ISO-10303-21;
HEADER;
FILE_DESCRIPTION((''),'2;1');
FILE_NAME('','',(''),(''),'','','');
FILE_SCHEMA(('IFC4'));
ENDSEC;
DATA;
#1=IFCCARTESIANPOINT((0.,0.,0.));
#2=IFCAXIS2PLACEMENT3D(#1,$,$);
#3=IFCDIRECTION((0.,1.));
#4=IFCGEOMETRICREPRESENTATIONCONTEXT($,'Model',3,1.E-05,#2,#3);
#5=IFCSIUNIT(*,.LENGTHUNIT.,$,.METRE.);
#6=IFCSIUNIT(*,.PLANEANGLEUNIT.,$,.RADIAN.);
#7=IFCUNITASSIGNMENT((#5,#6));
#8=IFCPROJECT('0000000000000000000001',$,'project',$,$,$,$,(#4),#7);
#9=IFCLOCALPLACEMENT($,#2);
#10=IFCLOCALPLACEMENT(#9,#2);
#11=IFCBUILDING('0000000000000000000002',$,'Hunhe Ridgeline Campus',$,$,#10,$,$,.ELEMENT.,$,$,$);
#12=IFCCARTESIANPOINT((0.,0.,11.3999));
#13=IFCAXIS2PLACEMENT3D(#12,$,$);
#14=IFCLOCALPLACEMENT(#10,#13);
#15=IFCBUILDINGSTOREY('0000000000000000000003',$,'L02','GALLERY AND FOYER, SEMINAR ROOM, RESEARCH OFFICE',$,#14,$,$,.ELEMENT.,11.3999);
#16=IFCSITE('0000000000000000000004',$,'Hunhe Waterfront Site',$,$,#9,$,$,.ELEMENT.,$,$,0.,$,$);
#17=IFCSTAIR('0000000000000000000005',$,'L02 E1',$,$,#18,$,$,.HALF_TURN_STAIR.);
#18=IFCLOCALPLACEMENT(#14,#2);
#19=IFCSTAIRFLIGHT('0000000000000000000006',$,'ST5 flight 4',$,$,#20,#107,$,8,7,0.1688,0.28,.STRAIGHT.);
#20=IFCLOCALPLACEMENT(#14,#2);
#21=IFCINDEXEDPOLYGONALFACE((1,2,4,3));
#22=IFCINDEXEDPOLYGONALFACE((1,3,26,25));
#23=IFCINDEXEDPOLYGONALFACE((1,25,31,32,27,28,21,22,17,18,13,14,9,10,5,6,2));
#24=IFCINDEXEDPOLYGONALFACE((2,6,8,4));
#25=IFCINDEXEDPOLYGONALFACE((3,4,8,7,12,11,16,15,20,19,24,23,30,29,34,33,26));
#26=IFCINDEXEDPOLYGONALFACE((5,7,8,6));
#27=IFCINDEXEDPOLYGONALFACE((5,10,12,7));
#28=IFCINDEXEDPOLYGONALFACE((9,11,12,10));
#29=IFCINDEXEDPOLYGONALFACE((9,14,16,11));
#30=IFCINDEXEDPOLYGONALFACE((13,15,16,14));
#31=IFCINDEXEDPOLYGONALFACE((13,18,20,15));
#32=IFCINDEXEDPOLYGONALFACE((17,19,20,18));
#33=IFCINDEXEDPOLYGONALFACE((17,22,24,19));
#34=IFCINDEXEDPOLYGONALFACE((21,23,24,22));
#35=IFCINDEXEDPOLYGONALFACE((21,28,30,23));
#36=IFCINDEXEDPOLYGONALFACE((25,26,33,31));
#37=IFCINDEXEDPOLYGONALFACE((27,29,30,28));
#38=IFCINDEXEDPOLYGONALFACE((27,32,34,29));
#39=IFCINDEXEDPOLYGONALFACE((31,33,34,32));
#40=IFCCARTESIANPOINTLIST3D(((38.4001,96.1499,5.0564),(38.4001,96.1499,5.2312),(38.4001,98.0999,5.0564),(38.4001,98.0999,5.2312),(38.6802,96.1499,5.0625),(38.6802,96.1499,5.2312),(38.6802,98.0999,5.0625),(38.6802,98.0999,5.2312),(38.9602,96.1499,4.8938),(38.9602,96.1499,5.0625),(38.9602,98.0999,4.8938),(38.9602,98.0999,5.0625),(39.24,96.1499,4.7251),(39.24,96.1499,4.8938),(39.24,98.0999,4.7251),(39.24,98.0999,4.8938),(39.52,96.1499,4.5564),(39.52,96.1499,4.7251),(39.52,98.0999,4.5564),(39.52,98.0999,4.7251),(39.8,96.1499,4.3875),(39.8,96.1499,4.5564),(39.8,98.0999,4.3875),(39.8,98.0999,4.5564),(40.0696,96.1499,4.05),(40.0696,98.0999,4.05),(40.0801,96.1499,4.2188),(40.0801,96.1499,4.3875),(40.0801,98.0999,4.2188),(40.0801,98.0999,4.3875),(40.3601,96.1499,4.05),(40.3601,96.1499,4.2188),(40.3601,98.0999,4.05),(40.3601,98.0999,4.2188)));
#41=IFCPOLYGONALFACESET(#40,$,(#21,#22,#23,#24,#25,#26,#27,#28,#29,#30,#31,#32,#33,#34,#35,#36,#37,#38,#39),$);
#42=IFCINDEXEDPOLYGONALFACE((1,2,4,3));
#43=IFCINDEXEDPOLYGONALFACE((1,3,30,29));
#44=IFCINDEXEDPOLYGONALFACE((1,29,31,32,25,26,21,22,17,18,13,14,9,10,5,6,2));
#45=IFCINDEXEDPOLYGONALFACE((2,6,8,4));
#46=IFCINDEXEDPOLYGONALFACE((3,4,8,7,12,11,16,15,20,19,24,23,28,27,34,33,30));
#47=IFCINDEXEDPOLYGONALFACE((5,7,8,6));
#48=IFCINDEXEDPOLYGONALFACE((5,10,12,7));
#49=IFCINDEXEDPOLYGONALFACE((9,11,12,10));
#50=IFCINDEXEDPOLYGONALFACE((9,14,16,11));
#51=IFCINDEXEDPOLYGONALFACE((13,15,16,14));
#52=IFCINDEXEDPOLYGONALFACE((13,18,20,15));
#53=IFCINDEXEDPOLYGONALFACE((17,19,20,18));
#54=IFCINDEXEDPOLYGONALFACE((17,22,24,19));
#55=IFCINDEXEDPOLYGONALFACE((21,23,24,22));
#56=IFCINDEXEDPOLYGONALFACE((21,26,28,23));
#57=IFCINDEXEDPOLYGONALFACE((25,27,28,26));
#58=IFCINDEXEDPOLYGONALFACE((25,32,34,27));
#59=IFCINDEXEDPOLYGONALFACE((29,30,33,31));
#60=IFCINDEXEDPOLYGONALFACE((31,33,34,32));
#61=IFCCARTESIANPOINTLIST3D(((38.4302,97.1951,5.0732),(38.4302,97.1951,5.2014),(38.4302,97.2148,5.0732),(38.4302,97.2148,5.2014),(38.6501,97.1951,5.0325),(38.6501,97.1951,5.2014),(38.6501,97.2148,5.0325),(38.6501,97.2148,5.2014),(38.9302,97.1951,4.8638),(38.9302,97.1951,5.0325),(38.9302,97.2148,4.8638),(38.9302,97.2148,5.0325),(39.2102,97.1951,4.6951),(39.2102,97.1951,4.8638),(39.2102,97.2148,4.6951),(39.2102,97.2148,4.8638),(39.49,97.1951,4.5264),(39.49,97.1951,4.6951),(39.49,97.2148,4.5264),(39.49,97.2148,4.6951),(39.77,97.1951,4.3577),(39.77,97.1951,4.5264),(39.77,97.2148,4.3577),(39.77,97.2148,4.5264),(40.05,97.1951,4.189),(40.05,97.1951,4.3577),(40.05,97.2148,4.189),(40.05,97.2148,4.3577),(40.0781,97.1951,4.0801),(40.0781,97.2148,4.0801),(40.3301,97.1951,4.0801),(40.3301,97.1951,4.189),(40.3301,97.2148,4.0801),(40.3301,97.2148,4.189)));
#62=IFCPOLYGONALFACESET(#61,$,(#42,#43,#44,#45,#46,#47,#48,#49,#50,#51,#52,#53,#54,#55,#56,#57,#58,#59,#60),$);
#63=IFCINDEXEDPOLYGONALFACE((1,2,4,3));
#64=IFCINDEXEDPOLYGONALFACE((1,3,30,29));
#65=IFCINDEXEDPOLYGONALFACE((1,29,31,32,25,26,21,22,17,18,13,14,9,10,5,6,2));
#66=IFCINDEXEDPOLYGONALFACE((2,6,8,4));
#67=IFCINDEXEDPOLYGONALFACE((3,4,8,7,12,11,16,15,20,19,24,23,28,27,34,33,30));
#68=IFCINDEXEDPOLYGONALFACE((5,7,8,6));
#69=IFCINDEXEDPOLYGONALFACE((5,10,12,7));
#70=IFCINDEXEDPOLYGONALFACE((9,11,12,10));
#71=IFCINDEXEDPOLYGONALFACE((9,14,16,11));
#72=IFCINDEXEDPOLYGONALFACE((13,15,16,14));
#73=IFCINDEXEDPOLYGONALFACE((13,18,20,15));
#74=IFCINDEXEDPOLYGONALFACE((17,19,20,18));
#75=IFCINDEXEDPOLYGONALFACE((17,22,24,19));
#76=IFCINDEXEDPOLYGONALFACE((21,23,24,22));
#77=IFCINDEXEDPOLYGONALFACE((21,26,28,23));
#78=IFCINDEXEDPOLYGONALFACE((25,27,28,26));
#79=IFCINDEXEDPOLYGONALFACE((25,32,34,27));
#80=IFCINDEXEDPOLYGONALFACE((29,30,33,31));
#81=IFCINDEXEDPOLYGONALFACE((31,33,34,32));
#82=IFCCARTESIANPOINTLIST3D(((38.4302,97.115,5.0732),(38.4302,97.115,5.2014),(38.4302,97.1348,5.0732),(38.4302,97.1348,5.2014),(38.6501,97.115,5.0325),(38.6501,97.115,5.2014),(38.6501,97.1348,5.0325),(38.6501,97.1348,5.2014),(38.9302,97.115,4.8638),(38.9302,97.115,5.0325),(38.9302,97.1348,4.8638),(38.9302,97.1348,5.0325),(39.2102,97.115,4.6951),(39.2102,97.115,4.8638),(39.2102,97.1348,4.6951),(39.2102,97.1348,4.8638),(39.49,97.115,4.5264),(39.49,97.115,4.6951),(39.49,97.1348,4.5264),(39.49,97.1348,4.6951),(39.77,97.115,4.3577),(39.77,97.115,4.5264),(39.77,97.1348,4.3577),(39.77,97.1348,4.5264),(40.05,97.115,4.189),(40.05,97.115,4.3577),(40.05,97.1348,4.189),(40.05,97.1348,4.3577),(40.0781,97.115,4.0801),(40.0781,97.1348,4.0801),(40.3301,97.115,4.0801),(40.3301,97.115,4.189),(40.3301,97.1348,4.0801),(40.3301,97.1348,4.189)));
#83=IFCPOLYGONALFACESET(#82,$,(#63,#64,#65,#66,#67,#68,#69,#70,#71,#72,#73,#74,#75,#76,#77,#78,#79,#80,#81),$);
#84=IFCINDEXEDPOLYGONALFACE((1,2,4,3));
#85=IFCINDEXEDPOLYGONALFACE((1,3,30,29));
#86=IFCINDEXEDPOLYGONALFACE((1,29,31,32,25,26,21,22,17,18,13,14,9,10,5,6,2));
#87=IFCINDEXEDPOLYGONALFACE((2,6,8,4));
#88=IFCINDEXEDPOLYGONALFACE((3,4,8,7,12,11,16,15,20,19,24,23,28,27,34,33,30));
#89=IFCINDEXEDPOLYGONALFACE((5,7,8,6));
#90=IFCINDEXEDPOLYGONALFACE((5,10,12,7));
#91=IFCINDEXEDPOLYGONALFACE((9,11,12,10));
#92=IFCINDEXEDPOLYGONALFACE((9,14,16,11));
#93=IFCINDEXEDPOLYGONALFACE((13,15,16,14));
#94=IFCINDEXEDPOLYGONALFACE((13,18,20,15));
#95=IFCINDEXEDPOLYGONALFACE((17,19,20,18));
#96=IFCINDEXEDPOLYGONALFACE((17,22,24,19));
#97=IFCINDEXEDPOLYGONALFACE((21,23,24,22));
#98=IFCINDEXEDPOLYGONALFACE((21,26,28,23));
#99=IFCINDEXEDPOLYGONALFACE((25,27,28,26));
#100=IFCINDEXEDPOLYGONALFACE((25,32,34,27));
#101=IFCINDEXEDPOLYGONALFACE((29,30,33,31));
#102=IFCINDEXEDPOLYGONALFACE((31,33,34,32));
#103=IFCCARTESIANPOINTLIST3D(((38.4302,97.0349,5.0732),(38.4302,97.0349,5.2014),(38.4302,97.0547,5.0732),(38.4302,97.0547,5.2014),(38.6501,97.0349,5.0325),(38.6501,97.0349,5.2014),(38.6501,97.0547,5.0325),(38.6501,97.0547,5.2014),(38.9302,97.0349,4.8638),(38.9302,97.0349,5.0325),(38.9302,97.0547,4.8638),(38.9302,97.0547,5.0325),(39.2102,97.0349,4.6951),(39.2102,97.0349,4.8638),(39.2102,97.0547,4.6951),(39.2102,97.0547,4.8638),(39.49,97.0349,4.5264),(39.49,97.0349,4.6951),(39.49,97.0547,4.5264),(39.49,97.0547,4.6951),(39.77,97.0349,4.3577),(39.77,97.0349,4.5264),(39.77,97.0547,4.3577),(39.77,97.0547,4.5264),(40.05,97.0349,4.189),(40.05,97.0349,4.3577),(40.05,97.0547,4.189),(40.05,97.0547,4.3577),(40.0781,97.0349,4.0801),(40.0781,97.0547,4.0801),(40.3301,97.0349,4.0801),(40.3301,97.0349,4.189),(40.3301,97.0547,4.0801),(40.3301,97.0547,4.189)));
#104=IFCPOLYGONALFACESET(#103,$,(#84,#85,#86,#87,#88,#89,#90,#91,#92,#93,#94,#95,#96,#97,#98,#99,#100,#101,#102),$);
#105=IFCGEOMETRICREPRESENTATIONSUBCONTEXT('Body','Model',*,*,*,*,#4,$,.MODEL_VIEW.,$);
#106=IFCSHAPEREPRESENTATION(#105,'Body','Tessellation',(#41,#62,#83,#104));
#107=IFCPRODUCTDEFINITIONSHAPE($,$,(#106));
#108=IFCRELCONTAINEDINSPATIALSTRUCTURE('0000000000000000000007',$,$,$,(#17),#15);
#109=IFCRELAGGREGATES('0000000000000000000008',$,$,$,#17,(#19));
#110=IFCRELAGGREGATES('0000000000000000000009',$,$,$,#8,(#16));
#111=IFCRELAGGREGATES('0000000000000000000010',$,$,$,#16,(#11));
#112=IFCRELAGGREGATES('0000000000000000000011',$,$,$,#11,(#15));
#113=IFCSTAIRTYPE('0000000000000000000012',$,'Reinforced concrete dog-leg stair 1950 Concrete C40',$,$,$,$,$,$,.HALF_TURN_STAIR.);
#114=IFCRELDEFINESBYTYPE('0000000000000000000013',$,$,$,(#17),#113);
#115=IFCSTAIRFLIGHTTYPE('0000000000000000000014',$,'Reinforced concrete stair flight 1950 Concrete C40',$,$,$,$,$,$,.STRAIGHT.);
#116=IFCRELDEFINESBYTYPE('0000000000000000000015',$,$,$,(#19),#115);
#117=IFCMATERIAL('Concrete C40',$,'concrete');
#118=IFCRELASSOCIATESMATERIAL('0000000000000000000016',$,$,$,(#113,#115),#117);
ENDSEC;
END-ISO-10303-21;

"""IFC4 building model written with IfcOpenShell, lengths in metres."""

from ifc_helpers import new_model, si_unit, direction, frame, origin, place, context, subcontext, project, spatial, polyline, outline, extrude, material, type_object, element, aggregate, save


model = new_model("IFC4")

# Units and contexts
model_context = context("Model", 3, precision=1e-05, world=origin(), true_north=direction((0.0, 1.0)))
body_context = subcontext(model_context, "Body", "Model", "MODEL_VIEW")
ifc_project = project(units=[si_unit("LENGTHUNIT", "METRE"), si_unit("PLANEANGLEUNIT", "RADIAN")], contexts=[model_context])

# Site, building, storey
site_placement = place(None, origin())
site = spatial("IfcSite", under=ifc_project, at=site_placement, Name="Hunhe Waterfront Site", CompositionType="ELEMENT", RefElevation=0.0)
building_placement = place(site_placement, origin())
building = spatial("IfcBuilding", under=site, at=building_placement, Name="Hunhe Ridgeline Campus", CompositionType="ELEMENT")
storey_placement = place(building_placement, frame((0.0, 0.0, 11.3999)))
storey = spatial("IfcBuildingStorey", under=building, at=storey_placement, Name="L02", Description="GALLERY AND FOYER, SEMINAR ROOM, RESEARCH OFFICE", CompositionType="ELEMENT", Elevation=11.3999)

# Stair, stair flight
ifc_material_1 = material(Name="Concrete C40", Category="concrete")
stair_type = type_object("IfcStairType", Name="Reinforced concrete dog-leg stair 1950 Concrete C40", PredefinedType="HALF_TURN_STAIR", material=ifc_material_1)
stair_placement = place(storey_placement, origin())
stair = element("IfcStair", 1, at=stair_placement, inside=storey, type_object=stair_type, Name="L02 E1", PredefinedType="HALF_TURN_STAIR")
stair_flight_type = type_object("IfcStairFlightType", Name="Reinforced concrete stair flight 1950 Concrete C40", PredefinedType="STRAIGHT", material=ifc_material_1)
stair_flight_1_placement = place(storey_placement, frame((40.3601, 97.125, 4.05), z_axis=(0.0, 0.0, 1.0), x_axis=(-1.0, 0.0, 0.0)))
stair_flight_1 = element("IfcStairFlight", 2, at=stair_flight_1_placement, type_object=stair_flight_type, Name="ST5 flight 4", NumberOfRisers=8, NumberOfTreads=7, PredefinedType="STRAIGHT", RiserHeight=0.1688, TreadLength=0.28, context=body_context, shape_type="SweptSolid", body=[
    extrude(outline(polyline([(0.0, 0.0), (0.0, 0.1687), (0.28, 0.1687), (0.28, 0.3374), (0.5601, 0.3374), (0.5601, 0.5063), (0.8401, 0.5063), (0.8401, 0.675), (1.1201, 0.675), (1.1201, 0.8438), (1.3999, 0.8438), (1.3999, 1.0125), (1.6799, 1.0125), (1.6799, 1.1812), (1.96, 1.1812), (1.96, 1.3501), (1.96, 1.0063), (0.2905, 0.0), (0.0, 0.0)])), frame((0.0, 0.9751, 0.0), z_axis=(0.0, -1.0, 0.0), x_axis=(1.0, 0.0, 0.0)), (0.0, 0.0, 1.0), 1.95),
    extrude(outline(polyline([(0.03, 0.03), (0.03, 0.1389), (0.3101, 0.1389), (0.3101, 0.3076), (0.5901, 0.3076), (0.5901, 0.4763), (0.8701, 0.4763), (0.8701, 0.645), (1.1499, 0.645), (1.1499, 0.8137), (1.4299, 0.8137), (1.4299, 0.9824), (1.71, 0.9824), (1.71, 1.1514), (1.9299, 1.1514), (1.9299, 1.0232), (0.282, 0.03), (0.03, 0.03)])), frame((0.0, -0.0701, 0.0), z_axis=(0.0, -1.0, 0.0), x_axis=(1.0, 0.0, 0.0)), (0.0, 0.0, 1.0), 0.0198),
    extrude(outline(polyline([(0.03, 0.03), (0.03, 0.1389), (0.3101, 0.1389), (0.3101, 0.3076), (0.5901, 0.3076), (0.5901, 0.4763), (0.8701, 0.4763), (0.8701, 0.645), (1.1499, 0.645), (1.1499, 0.8137), (1.4299, 0.8137), (1.4299, 0.9824), (1.71, 0.9824), (1.71, 1.1514), (1.9299, 1.1514), (1.9299, 1.0232), (0.282, 0.03), (0.03, 0.03)])), frame((0.0, 0.01, 0.0), z_axis=(0.0, -1.0, 0.0), x_axis=(1.0, 0.0, 0.0)), (0.0, 0.0, 1.0), 0.0198),
    extrude(outline(polyline([(0.03, 0.03), (0.03, 0.1389), (0.3101, 0.1389), (0.3101, 0.3076), (0.5901, 0.3076), (0.5901, 0.4763), (0.8701, 0.4763), (0.8701, 0.645), (1.1499, 0.645), (1.1499, 0.8137), (1.4299, 0.8137), (1.4299, 0.9824), (1.71, 0.9824), (1.71, 1.1514), (1.9299, 1.1514), (1.9299, 1.0232), (0.282, 0.03), (0.03, 0.03)])), frame((0.0, 0.0901, 0.0), z_axis=(0.0, -1.0, 0.0), x_axis=(1.0, 0.0, 0.0)), (0.0, 0.0, 1.0), 0.0198),
])
aggregate(stair, [stair_flight_1])

save(model, "model.ifc")
